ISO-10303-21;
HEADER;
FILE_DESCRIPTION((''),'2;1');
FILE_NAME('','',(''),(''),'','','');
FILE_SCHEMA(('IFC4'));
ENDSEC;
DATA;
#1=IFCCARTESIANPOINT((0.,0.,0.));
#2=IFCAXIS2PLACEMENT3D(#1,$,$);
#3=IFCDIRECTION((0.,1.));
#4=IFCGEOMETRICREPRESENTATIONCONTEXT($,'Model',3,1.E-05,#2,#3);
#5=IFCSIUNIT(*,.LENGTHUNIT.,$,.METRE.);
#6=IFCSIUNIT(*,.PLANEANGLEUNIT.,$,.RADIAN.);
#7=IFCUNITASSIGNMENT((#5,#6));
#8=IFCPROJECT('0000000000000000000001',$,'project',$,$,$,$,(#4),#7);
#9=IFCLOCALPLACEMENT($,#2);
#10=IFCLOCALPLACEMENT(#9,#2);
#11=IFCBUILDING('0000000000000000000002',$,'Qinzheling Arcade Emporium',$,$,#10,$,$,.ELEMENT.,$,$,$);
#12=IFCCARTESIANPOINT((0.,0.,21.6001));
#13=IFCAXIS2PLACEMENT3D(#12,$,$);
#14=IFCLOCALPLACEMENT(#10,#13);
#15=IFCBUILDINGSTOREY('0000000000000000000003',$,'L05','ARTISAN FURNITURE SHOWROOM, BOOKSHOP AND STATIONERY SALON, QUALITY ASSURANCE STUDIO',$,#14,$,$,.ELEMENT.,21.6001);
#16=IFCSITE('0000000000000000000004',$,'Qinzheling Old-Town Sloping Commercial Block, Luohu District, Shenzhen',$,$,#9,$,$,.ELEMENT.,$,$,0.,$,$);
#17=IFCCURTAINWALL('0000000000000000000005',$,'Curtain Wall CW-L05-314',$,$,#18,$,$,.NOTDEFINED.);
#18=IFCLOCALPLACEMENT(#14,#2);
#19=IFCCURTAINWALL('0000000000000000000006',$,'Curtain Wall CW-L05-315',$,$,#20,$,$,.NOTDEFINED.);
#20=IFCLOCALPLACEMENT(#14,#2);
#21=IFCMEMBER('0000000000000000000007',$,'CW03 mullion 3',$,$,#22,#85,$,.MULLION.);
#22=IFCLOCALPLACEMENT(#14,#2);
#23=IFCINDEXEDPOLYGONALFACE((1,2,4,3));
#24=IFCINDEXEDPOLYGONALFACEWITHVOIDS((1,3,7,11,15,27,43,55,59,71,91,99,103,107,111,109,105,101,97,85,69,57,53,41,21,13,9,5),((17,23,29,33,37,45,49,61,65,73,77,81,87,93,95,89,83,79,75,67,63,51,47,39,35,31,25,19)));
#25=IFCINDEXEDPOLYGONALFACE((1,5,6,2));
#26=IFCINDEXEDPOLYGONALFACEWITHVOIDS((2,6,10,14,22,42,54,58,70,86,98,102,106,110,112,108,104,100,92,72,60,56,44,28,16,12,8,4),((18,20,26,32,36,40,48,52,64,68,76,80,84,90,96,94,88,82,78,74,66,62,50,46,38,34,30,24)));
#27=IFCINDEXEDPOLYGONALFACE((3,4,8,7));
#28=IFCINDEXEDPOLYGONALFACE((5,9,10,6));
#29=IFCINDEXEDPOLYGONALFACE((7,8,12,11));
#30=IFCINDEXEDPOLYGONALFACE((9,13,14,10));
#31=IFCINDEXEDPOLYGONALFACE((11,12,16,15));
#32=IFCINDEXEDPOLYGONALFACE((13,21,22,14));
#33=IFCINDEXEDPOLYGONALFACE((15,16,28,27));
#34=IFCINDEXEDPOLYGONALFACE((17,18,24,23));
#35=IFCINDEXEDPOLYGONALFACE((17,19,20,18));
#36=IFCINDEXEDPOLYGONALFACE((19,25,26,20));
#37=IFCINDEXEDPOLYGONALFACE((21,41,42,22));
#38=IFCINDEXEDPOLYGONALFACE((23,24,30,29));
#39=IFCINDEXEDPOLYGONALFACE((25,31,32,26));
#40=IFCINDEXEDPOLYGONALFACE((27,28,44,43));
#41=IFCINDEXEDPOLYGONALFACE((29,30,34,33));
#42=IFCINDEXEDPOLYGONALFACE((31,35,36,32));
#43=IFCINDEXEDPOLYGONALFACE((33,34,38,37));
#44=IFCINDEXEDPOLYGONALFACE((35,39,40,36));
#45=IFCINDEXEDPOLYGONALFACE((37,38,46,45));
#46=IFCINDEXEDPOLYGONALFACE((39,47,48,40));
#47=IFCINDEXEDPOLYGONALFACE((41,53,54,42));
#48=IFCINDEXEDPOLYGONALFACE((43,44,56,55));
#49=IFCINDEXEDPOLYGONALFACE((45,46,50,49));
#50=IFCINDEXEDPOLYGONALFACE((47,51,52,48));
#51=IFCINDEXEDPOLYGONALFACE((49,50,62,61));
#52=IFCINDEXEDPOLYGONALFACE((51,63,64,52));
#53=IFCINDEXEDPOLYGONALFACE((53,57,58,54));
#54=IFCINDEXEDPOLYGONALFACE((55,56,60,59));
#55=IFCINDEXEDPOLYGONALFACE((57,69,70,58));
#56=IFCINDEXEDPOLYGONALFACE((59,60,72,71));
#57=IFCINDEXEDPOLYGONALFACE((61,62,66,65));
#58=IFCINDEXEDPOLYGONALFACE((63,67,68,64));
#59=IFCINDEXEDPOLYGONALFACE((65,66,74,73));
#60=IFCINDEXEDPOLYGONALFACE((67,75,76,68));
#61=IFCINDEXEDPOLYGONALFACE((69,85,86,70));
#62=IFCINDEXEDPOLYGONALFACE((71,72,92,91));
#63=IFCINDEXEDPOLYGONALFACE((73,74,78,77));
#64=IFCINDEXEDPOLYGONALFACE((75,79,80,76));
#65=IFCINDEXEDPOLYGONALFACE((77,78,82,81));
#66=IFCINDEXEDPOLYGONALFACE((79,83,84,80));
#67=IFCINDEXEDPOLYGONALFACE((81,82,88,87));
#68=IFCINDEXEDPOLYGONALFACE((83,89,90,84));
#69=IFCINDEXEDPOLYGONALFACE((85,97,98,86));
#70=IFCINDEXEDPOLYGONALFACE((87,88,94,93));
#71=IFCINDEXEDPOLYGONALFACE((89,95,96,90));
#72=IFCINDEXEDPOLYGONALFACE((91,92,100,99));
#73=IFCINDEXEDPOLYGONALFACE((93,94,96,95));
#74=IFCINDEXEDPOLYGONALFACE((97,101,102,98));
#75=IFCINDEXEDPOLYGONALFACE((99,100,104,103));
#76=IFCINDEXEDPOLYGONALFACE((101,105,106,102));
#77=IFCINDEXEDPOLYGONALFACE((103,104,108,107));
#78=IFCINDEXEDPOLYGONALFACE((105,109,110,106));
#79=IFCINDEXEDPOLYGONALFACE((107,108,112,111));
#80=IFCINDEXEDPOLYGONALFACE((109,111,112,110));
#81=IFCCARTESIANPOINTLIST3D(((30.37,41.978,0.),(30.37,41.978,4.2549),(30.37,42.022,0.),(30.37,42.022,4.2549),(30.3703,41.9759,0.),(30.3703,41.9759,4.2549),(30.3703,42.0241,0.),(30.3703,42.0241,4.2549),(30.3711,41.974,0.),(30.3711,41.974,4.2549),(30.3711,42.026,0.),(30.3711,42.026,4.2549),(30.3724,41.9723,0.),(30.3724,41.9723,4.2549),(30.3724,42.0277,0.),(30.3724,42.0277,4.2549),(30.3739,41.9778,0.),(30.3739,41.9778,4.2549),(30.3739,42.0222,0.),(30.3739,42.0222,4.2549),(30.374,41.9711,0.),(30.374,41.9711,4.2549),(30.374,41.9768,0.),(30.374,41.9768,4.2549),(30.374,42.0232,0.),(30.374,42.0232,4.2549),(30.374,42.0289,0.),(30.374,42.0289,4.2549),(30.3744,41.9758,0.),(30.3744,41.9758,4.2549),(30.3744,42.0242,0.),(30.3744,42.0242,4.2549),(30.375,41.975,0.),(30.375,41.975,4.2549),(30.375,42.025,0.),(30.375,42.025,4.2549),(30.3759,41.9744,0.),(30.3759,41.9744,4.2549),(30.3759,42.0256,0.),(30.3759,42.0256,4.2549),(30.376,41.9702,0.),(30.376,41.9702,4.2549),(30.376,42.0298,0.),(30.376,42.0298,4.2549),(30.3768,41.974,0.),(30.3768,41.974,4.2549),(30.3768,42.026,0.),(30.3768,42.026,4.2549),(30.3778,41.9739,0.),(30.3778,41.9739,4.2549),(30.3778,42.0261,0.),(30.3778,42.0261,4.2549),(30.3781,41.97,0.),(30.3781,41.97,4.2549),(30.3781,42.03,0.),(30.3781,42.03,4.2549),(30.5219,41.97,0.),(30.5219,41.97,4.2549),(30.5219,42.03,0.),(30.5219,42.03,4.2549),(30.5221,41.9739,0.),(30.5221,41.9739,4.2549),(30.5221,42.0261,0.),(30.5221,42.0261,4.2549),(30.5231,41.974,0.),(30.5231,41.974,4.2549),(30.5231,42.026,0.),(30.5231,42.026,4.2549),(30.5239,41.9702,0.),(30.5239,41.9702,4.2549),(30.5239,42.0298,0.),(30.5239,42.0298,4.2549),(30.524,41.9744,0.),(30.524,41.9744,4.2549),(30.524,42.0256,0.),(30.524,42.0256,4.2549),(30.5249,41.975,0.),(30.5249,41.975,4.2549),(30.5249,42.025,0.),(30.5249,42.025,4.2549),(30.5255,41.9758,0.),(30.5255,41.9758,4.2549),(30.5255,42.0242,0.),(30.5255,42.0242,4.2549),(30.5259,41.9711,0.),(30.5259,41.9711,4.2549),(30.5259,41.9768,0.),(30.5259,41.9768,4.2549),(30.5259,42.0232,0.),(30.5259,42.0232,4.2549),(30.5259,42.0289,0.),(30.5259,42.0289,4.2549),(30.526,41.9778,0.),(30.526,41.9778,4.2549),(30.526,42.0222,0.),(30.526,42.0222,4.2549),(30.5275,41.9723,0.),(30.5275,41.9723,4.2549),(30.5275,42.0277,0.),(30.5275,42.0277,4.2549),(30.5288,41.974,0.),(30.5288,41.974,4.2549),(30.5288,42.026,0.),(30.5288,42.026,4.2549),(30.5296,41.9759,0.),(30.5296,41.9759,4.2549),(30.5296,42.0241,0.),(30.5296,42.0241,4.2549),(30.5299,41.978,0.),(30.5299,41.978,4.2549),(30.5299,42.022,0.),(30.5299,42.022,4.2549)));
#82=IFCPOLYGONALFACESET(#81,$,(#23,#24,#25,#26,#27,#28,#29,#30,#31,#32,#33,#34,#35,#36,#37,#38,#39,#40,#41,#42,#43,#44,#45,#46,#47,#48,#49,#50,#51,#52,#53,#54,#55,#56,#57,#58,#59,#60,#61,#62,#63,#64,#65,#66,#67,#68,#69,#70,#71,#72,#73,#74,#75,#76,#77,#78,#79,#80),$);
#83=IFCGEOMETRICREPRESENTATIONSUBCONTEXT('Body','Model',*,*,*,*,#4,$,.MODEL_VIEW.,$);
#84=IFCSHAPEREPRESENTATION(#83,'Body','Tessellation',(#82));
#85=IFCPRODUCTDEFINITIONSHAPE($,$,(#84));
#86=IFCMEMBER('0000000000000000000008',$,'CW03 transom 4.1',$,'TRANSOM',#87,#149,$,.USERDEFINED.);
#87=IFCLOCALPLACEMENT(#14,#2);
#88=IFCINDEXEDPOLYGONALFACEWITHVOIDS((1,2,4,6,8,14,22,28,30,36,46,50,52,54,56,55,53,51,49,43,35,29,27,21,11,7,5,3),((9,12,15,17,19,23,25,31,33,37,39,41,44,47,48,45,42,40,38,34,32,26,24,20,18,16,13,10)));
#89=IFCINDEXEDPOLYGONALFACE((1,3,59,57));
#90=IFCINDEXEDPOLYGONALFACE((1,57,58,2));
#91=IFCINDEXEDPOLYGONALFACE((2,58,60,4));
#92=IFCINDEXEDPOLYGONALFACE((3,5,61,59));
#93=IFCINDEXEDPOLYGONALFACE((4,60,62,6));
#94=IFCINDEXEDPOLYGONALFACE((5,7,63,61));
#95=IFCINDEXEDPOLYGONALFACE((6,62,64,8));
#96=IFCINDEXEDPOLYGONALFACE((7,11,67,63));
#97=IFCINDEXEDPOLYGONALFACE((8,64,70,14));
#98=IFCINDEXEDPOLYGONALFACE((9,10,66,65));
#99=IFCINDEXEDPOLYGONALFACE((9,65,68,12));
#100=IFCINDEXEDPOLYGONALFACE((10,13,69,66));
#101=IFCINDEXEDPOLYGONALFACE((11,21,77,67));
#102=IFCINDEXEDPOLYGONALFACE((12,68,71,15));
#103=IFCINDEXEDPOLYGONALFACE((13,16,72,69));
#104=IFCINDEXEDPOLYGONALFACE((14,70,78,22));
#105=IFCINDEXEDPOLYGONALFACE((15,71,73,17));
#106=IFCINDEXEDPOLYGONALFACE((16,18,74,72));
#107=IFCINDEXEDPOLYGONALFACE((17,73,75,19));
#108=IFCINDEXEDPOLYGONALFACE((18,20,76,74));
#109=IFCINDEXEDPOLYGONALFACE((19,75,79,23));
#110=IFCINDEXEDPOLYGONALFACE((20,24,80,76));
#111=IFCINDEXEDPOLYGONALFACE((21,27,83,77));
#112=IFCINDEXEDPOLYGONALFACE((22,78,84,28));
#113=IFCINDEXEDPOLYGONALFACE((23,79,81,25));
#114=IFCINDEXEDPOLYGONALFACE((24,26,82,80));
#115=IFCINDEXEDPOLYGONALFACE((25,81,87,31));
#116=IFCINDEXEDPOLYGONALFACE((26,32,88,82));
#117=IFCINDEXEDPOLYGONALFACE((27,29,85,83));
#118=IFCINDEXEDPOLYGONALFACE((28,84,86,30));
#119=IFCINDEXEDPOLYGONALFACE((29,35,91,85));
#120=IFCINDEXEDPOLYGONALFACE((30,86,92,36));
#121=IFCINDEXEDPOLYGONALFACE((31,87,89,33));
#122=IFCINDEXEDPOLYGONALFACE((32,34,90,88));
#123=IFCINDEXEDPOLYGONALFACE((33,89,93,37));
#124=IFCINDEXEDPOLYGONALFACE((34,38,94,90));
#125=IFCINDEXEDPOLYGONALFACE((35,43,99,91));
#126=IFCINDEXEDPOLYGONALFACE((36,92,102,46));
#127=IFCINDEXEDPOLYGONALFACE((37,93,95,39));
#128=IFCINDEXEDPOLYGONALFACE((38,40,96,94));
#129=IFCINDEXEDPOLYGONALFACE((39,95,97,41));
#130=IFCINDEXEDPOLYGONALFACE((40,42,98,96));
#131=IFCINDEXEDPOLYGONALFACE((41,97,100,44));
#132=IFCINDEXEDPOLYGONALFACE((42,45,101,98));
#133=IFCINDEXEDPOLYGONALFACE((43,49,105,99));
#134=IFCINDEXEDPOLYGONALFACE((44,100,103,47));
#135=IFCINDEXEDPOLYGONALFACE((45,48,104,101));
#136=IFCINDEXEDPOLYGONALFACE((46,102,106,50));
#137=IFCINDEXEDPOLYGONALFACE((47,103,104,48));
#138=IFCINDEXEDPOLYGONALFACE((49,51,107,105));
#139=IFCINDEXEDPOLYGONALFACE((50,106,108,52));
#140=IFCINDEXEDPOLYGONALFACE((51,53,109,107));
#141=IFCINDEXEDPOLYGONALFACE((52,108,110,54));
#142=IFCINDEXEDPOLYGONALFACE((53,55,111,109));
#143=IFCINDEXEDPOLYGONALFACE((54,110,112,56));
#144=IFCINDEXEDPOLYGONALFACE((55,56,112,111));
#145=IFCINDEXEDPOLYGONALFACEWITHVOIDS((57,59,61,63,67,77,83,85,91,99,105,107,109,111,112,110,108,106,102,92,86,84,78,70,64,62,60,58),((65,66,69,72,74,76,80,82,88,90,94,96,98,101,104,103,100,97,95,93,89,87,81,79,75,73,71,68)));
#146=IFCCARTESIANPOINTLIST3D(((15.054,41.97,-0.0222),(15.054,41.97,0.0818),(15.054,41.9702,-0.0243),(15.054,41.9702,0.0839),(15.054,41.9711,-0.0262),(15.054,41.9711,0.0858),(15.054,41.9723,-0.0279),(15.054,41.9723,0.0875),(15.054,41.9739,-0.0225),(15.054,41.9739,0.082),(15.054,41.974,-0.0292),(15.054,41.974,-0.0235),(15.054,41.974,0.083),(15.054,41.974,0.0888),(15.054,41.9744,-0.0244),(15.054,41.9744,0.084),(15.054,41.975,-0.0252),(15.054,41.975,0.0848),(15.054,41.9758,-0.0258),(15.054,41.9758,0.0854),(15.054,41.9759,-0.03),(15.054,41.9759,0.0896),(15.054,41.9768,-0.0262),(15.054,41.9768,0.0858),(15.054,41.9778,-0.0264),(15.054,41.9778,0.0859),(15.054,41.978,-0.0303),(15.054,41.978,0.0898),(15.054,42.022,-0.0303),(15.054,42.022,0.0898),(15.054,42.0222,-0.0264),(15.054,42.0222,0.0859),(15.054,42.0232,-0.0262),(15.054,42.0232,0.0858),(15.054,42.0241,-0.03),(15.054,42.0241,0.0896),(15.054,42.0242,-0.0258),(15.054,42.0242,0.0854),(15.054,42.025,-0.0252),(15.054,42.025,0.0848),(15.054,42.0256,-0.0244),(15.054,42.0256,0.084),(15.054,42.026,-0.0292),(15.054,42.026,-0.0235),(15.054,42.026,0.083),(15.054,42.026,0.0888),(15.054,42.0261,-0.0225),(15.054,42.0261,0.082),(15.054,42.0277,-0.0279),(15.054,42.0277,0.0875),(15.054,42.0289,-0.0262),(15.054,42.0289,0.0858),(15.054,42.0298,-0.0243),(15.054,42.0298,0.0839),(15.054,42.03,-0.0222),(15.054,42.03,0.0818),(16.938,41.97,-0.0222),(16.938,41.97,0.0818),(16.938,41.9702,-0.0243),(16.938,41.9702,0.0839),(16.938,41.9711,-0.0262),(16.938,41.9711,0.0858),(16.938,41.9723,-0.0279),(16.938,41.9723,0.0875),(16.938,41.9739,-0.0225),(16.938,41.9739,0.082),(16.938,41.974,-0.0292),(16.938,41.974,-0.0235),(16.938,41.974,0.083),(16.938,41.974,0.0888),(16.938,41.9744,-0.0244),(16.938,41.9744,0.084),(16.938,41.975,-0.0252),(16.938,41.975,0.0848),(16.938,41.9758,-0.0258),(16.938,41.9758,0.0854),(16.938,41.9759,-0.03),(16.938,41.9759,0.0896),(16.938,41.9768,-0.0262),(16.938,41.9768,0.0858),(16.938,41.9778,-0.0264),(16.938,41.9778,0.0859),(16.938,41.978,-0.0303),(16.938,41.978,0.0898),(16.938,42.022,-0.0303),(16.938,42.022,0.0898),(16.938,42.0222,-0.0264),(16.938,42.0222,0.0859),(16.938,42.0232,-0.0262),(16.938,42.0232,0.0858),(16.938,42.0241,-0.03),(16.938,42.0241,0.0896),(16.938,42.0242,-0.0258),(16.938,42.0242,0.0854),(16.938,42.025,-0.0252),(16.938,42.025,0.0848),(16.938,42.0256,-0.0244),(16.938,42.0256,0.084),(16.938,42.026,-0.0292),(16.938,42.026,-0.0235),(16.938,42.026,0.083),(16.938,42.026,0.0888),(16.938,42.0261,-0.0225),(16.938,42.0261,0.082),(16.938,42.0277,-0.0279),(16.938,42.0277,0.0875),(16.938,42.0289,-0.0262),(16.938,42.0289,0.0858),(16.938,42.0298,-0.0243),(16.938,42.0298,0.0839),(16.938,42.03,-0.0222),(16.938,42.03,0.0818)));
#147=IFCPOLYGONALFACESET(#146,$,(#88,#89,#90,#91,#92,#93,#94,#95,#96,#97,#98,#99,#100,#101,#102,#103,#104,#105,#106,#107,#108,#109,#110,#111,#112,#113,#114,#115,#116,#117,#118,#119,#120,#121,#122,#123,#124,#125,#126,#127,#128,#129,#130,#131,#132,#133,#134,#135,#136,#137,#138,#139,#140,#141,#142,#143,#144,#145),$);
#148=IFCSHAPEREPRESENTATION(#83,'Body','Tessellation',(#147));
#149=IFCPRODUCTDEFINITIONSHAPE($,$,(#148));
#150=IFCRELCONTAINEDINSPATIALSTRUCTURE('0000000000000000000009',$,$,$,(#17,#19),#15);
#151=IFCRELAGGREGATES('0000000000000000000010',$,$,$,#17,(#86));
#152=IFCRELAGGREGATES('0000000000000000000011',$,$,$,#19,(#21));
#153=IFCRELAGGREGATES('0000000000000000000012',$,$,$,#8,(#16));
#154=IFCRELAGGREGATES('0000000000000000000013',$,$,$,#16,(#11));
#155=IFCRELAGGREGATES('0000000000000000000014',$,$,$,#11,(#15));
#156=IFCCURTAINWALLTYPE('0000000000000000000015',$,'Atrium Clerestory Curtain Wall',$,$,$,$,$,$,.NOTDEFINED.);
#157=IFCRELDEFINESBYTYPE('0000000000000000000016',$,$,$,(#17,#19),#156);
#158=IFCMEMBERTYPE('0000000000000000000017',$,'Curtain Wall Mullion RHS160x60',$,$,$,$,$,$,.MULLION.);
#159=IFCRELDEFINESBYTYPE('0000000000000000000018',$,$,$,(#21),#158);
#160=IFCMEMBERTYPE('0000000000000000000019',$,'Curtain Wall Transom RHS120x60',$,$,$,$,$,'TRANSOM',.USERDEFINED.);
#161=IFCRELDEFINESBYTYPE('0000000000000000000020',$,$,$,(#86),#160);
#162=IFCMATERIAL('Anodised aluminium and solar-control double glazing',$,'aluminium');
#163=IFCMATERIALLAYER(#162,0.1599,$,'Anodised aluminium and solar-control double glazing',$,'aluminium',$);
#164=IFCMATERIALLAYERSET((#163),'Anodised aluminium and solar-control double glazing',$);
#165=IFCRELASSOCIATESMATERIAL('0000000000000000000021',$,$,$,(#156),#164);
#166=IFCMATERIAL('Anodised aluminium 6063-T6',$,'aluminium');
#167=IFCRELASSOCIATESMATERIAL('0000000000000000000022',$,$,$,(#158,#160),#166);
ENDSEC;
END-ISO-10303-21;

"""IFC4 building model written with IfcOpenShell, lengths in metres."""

from ifc_helpers import new_model, si_unit, direction, frame, origin, origin_2d, place, context, subcontext, project, spatial, hollow_rectangle, extrude, material, layer, layer_set, material_profile, profile_set, type_object, element, aggregate, save


model = new_model("IFC4")

# Units and contexts
model_context = context("Model", 3, precision=1e-05, world=origin(), true_north=direction((0.0, 1.0)))
body_context = subcontext(model_context, "Body", "Model", "MODEL_VIEW")
ifc_project = project(units=[si_unit("LENGTHUNIT", "METRE"), si_unit("PLANEANGLEUNIT", "RADIAN")], contexts=[model_context])

# Site, building, storey
site_placement = place(None, origin())
site = spatial("IfcSite", under=ifc_project, at=site_placement, Name="Qinzheling Old-Town Sloping Commercial Block, Luohu District, Shenzhen", CompositionType="ELEMENT", RefElevation=0.0)
building_placement = place(site_placement, origin())
building = spatial("IfcBuilding", under=site, at=building_placement, Name="Qinzheling Arcade Emporium", CompositionType="ELEMENT")
storey_placement = place(building_placement, frame((0.0, 0.0, 21.6001)))
storey = spatial("IfcBuildingStorey", under=building, at=storey_placement, Name="L05", Description="ARTISAN FURNITURE SHOWROOM, BOOKSHOP AND STATIONERY SALON, QUALITY ASSURANCE STUDIO", CompositionType="ELEMENT", Elevation=21.6001)

# Curtain walls, member
ifc_material_1 = material(Name="Anodised aluminium and solar-control double glazing", Category="aluminium")
ifc_layer_1 = layer(ifc_material_1, 0.1599, Name="Anodised aluminium and solar-control double glazing", Category="aluminium")
ifc_layer_set_1 = layer_set([ifc_layer_1], Name="Anodised aluminium and solar-control double glazing")
curtain_wall_type = type_object("IfcCurtainWallType", Name="Atrium Clerestory Curtain Wall", PredefinedType="NOTDEFINED", material=ifc_layer_set_1)
curtain_wall_1_placement = place(storey_placement, origin())
curtain_wall_1 = element("IfcCurtainWall", 1, at=curtain_wall_1_placement, inside=storey, type_object=curtain_wall_type, Name="Curtain Wall CW-L05-314", PredefinedType="NOTDEFINED")
ifc_material_2 = material(Name="Anodised aluminium 6063-T6", Category="aluminium")
ifc_material_profile_1 = material_profile(ifc_material_2, hollow_rectangle(XDim=0.0601, YDim=0.1599, WallThickness=0.0039, InnerFilletRadius=0.0039, OuterFilletRadius=0.0081, at=origin_2d()), Name="RHS 160x60x4", Category="aluminium")
ifc_profile_set_1 = profile_set([ifc_material_profile_1], Name="Anodised aluminium 6063-T6")
member_type_1 = type_object("IfcMemberType", Name="Curtain Wall Mullion RHS160x60", PredefinedType="MULLION", material=ifc_profile_set_1)
curtain_wall_2_placement = place(storey_placement, origin())
curtain_wall_2 = element("IfcCurtainWall", 2, at=curtain_wall_2_placement, inside=storey, type_object=curtain_wall_type, Name="Curtain Wall CW-L05-315", PredefinedType="NOTDEFINED")
member_1_placement = place(storey_placement, frame((30.45, 42.0, 0.0), z_axis=(0.0, 0.0, 1.0), x_axis=(0.0, 1.0, 0.0)))
member_1 = element("IfcMember", 3, at=member_1_placement, type_object=member_type_1, Name="CW03 mullion 3", PredefinedType="MULLION", context=body_context, shape_type="SweptSolid", body=[
    extrude(hollow_rectangle(XDim=0.0601, YDim=0.1599, WallThickness=0.0039, InnerFilletRadius=0.0039, OuterFilletRadius=0.0081, at=origin_2d()), origin(), (0.0, 0.0, 1.0), 4.2549),
])

# Member
ifc_material_profile_2 = material_profile(ifc_material_2, hollow_rectangle(XDim=0.0601, YDim=0.1201, WallThickness=0.0039, InnerFilletRadius=0.0039, OuterFilletRadius=0.0081, at=origin_2d()), Name="RHS 120x60x4", Category="aluminium")
ifc_profile_set_2 = profile_set([ifc_material_profile_2], Name="Anodised aluminium 6063-T6")
member_type_2 = type_object("IfcMemberType", Name="Curtain Wall Transom RHS120x60", ElementType="TRANSOM", PredefinedType="USERDEFINED", material=ifc_profile_set_2)
member_2_placement = place(storey_placement, frame((15.054, 42.0, 0.0298), z_axis=(1.0, 0.0, 0.0), x_axis=(0.0, 1.0, 0.0)))
member_2 = element("IfcMember", 4, at=member_2_placement, type_object=member_type_2, Name="CW03 transom 4.1", ObjectType="TRANSOM", PredefinedType="USERDEFINED", context=body_context, shape_type="SweptSolid", body=[
    extrude(hollow_rectangle(XDim=0.0601, YDim=0.1201, WallThickness=0.0039, InnerFilletRadius=0.0039, OuterFilletRadius=0.0081, at=origin_2d()), origin(), (0.0, 0.0, 1.0), 1.884),
])

aggregate(curtain_wall_1, [member_2])
aggregate(curtain_wall_2, [member_1])

save(model, "model.ifc")
